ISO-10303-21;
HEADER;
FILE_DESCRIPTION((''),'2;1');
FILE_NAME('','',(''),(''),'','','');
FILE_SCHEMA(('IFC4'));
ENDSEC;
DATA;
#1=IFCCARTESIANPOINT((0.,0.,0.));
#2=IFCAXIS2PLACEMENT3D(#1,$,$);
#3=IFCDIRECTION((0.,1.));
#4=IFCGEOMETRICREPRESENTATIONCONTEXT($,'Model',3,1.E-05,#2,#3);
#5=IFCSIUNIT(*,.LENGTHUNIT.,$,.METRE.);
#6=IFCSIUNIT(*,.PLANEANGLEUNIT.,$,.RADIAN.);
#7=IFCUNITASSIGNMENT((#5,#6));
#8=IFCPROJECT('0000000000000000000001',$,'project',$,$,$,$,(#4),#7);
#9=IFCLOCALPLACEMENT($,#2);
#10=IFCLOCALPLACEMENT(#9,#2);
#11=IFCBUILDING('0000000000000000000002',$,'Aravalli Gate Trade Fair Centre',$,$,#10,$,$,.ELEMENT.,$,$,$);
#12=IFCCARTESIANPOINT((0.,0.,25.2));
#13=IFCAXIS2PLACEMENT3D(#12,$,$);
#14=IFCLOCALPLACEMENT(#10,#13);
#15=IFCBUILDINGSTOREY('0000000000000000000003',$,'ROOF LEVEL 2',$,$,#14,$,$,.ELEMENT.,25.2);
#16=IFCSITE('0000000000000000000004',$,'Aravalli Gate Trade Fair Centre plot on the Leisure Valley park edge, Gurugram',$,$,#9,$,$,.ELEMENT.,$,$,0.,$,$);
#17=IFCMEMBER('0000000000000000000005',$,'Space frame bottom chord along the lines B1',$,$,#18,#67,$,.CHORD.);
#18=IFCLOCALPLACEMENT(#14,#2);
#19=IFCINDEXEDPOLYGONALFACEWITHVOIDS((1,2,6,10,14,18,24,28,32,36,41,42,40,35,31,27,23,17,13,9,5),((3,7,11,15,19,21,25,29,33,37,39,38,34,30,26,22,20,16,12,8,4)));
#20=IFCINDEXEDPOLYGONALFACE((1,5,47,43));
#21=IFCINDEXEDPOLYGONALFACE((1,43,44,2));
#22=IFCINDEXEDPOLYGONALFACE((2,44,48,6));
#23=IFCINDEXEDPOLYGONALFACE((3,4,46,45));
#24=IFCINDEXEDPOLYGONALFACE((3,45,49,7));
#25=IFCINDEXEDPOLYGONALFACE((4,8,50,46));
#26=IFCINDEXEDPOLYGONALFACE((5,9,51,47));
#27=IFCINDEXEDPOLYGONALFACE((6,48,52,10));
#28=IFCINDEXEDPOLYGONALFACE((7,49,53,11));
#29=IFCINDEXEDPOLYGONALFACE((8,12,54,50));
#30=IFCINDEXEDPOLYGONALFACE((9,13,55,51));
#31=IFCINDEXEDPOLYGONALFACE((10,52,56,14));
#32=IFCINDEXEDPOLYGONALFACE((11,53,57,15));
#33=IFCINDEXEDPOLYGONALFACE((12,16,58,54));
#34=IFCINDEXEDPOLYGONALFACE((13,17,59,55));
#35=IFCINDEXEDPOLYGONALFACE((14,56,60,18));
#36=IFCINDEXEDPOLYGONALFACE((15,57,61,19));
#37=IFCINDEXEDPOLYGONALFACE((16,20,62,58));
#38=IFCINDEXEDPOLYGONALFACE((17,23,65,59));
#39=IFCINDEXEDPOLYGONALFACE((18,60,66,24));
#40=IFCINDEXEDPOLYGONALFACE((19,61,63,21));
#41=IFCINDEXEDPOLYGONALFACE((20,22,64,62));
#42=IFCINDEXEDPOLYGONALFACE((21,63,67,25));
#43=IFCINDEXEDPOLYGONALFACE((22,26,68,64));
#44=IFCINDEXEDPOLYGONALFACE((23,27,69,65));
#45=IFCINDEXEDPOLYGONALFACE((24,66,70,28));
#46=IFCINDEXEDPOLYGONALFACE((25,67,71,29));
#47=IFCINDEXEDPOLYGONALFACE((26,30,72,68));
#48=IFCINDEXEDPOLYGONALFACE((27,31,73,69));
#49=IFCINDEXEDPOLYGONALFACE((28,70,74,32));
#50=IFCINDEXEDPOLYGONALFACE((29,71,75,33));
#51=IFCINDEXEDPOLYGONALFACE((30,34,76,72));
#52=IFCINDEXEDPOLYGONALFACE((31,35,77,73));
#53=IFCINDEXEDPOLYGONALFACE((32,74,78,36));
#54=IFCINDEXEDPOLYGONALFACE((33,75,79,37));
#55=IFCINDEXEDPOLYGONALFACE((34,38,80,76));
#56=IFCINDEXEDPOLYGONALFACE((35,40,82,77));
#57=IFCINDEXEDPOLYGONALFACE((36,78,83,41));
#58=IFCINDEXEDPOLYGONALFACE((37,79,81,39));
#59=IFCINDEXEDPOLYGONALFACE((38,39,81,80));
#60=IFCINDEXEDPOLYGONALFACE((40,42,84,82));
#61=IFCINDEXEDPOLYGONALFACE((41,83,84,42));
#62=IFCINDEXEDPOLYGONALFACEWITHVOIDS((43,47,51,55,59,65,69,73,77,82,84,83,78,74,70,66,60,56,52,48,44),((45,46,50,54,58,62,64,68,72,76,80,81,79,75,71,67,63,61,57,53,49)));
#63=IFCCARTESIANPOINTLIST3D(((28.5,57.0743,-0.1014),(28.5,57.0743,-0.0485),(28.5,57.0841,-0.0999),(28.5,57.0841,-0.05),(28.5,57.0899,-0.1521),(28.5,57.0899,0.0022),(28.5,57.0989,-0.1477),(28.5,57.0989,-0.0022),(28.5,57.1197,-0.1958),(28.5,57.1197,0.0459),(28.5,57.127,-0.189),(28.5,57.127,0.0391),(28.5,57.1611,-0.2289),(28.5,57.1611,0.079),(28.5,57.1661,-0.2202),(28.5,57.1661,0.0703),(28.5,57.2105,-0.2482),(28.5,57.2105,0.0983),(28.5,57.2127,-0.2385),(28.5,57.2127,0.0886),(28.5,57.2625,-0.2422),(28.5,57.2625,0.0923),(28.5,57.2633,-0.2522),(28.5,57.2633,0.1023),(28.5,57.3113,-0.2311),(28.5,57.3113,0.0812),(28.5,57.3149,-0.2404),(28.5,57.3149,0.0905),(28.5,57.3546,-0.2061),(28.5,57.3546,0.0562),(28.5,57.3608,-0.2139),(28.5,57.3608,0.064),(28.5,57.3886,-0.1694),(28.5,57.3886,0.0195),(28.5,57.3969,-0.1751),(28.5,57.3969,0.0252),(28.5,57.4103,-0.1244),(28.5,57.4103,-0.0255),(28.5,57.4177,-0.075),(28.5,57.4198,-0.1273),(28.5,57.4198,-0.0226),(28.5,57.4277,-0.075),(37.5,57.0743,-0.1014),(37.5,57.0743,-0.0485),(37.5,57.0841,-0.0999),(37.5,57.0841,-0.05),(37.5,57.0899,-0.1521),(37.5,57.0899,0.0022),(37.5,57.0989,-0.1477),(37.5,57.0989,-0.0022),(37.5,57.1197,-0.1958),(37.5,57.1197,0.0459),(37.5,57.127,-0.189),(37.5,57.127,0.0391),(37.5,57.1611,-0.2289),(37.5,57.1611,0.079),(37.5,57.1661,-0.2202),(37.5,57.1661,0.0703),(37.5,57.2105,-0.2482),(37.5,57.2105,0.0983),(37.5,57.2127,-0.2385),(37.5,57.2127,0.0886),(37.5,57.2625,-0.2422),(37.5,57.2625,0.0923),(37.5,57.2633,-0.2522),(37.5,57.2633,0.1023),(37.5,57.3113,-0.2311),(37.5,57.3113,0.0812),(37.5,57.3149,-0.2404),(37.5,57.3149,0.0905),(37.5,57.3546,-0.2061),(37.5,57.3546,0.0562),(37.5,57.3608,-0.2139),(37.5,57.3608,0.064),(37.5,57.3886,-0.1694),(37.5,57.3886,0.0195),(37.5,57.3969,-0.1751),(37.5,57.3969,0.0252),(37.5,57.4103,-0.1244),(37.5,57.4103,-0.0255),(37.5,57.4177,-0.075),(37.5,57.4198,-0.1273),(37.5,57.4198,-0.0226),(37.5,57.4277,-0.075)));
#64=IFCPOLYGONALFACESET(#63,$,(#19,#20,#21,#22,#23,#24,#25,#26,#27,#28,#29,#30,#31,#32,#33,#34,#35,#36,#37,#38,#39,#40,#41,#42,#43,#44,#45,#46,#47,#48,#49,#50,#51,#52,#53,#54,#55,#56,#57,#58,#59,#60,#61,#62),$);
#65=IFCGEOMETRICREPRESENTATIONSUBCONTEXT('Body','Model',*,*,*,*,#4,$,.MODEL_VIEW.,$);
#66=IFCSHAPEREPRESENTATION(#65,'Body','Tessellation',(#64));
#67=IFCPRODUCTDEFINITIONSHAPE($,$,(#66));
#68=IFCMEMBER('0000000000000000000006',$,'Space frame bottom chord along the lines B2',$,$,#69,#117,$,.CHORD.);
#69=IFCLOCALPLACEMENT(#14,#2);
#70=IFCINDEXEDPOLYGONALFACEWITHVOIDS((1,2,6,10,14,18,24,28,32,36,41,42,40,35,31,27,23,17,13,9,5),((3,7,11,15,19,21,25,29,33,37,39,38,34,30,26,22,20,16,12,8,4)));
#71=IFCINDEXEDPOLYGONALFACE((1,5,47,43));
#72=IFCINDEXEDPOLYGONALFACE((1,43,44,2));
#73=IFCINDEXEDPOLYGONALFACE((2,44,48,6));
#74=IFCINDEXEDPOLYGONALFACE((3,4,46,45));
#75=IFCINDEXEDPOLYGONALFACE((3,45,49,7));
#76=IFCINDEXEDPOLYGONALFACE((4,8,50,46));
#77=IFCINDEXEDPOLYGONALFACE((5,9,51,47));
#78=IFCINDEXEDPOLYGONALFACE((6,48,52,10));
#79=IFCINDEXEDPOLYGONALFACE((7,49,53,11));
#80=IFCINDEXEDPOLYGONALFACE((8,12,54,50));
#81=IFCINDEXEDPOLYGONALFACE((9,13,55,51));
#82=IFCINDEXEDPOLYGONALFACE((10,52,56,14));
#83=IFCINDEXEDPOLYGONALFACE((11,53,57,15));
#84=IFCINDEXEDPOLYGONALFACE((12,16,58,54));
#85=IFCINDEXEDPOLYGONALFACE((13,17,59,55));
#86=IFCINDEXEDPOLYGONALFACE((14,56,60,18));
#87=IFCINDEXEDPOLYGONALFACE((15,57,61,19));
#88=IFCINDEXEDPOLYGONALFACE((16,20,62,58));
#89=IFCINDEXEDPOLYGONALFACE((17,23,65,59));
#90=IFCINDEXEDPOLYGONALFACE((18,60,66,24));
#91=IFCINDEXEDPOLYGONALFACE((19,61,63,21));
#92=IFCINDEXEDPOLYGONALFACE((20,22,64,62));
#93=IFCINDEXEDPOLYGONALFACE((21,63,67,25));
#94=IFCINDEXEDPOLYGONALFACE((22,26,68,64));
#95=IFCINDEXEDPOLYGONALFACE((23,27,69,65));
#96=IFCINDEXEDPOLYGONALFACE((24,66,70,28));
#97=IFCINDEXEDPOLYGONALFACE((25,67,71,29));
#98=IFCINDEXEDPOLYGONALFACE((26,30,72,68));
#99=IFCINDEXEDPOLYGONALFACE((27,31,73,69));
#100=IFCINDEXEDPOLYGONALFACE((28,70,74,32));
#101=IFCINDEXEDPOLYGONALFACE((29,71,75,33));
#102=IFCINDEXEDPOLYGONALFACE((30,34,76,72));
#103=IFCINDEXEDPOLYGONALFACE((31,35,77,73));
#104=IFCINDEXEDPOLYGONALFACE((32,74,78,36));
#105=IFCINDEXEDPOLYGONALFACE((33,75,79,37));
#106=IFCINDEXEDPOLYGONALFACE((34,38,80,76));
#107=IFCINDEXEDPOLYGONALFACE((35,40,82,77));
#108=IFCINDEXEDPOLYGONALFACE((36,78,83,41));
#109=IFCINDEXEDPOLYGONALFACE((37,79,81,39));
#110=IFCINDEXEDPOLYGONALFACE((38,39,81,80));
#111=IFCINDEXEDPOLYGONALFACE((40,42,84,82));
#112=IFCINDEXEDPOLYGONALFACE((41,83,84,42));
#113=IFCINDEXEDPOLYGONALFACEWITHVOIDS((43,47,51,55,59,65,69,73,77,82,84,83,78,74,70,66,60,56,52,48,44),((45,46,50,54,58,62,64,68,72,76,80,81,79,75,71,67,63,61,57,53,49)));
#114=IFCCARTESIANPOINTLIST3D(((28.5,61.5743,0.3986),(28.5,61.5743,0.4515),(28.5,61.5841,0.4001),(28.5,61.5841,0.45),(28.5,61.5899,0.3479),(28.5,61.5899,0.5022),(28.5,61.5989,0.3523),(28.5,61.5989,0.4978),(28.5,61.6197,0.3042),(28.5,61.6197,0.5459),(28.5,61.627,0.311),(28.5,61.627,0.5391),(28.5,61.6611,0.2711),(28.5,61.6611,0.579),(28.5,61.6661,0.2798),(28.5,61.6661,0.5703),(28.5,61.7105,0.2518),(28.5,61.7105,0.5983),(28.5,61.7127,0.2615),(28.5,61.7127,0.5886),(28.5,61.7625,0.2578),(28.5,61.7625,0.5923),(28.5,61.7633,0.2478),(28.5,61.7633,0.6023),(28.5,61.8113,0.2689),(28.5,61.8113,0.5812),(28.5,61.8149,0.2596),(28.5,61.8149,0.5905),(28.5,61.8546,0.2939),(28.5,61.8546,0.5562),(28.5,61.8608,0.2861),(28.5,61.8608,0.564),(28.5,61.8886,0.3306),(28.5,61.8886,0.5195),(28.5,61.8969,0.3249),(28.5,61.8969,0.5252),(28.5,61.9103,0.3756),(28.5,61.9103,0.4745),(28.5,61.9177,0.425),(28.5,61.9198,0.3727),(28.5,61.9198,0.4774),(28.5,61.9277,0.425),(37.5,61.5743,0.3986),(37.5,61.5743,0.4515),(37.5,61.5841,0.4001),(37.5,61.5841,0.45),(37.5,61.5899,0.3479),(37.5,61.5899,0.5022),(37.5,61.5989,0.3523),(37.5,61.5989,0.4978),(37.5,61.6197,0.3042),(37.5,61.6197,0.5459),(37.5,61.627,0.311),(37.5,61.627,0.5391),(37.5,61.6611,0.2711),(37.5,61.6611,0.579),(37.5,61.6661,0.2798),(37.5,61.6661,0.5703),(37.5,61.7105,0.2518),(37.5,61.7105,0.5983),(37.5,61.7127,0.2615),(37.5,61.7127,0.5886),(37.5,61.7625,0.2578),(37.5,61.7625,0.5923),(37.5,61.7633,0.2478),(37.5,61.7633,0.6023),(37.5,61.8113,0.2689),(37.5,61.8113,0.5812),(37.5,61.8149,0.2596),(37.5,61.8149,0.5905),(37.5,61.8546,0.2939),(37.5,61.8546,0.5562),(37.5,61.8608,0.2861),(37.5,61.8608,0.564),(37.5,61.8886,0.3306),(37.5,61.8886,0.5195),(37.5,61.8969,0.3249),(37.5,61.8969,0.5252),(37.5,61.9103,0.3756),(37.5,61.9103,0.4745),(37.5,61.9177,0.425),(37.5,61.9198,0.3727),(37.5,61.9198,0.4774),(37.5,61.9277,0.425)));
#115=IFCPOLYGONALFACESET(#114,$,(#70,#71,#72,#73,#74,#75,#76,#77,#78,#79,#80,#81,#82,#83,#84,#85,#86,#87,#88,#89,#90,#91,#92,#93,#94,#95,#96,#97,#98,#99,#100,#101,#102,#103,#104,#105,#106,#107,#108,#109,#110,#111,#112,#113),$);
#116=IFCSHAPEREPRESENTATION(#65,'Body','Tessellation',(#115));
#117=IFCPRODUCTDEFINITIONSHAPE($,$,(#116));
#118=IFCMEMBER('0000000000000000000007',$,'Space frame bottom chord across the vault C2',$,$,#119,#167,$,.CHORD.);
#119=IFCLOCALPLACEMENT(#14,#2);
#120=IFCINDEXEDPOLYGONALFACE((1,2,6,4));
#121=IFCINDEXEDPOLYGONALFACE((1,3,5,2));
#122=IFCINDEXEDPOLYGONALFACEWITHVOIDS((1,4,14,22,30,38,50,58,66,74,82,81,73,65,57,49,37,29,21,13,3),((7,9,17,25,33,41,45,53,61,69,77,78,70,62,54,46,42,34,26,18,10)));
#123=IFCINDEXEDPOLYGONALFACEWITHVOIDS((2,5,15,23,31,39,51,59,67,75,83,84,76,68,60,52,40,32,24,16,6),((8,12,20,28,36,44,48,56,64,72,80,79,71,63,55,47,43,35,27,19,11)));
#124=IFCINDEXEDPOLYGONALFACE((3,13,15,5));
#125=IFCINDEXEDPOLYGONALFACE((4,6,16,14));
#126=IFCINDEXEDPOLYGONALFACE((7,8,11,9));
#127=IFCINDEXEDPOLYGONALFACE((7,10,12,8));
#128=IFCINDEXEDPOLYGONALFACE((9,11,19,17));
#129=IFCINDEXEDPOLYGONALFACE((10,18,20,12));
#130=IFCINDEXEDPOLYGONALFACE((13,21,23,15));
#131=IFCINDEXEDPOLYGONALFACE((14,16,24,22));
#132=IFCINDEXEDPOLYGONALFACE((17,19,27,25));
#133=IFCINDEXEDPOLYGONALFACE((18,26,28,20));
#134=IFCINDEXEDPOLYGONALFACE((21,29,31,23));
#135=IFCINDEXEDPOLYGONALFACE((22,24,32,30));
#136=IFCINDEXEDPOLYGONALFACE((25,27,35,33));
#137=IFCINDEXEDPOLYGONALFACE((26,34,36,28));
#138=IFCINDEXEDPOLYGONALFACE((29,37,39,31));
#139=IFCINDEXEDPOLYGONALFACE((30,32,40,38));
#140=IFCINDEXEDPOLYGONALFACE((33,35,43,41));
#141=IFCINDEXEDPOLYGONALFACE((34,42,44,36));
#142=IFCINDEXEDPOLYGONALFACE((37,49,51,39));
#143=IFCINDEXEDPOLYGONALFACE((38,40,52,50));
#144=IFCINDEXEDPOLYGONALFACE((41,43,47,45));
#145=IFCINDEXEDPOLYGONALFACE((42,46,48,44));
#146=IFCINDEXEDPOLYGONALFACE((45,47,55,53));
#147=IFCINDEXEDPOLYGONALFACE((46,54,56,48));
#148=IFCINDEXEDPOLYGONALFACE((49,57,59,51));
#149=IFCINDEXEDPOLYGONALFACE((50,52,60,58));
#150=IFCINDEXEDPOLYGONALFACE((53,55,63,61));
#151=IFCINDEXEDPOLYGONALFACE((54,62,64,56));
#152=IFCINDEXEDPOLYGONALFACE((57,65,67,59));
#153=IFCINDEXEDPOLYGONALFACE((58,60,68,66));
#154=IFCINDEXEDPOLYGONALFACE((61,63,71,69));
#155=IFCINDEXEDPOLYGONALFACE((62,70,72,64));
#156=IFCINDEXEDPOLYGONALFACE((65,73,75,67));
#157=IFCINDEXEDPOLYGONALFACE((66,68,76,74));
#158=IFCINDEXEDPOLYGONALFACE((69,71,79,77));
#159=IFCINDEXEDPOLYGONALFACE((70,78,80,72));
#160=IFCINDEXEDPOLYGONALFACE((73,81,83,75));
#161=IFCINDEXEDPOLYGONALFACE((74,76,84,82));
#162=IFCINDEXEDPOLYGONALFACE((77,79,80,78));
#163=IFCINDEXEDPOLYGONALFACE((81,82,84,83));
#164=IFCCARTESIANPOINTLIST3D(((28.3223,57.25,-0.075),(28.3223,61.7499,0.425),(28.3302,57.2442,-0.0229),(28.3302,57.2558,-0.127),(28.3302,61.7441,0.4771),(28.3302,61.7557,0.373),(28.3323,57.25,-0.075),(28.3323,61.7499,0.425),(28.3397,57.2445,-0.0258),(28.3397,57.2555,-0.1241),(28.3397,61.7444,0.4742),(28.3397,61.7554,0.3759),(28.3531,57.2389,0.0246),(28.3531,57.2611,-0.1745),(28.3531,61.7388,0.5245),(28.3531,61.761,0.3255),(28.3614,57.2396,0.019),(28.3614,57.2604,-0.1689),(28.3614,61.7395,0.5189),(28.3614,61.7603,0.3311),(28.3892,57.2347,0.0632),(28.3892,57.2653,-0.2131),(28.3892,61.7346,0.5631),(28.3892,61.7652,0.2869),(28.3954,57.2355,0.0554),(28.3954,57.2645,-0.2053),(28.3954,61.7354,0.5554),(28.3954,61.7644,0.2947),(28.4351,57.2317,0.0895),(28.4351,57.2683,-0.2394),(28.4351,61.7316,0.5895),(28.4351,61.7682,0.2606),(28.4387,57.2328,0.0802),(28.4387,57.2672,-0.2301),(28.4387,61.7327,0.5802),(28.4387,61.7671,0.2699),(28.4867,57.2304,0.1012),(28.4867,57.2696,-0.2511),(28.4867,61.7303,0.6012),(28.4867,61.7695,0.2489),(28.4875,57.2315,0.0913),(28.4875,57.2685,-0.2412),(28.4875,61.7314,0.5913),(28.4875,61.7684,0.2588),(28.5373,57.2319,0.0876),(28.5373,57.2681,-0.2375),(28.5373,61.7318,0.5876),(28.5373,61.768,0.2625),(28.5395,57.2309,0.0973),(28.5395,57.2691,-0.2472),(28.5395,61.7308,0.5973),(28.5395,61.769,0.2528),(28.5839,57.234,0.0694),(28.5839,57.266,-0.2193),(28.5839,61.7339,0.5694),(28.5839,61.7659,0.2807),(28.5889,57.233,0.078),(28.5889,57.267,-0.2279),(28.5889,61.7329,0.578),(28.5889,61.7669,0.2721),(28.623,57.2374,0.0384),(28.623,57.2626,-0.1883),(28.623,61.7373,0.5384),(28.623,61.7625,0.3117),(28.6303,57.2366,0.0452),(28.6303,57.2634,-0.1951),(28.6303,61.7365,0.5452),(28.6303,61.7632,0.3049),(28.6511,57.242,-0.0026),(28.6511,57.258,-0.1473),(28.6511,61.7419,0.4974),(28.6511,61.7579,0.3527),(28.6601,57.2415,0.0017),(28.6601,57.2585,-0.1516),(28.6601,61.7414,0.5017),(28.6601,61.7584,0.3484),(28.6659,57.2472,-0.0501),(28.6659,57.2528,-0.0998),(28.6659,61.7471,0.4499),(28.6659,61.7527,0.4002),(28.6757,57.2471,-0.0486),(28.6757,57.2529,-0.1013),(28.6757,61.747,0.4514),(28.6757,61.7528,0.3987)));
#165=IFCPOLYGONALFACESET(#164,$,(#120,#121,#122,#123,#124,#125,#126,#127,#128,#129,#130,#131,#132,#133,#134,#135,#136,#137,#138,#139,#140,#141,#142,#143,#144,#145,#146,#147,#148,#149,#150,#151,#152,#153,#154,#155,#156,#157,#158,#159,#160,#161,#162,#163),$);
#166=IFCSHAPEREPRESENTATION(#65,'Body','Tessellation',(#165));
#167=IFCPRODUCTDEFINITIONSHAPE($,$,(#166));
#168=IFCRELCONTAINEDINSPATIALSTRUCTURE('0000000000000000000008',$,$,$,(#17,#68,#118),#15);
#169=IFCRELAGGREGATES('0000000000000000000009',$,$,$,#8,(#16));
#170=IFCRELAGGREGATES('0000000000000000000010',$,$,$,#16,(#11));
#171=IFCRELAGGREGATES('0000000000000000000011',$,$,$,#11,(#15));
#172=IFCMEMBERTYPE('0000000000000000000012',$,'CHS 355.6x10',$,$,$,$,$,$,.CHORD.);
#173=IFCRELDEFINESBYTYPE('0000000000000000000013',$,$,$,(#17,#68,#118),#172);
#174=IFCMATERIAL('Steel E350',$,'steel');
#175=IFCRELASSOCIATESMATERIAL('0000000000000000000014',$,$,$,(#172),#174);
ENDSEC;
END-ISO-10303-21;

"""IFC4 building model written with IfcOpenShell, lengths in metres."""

from ifc_helpers import new_model, si_unit, direction, frame, origin, origin_2d, place, context, subcontext, project, spatial, hollow_circle, extrude, material, material_profile, profile_set, type_object, element, save


model = new_model("IFC4")

# Units and contexts
model_context = context("Model", 3, precision=1e-05, world=origin(), true_north=direction((0.0, 1.0)))
body_context = subcontext(model_context, "Body", "Model", "MODEL_VIEW")
ifc_project = project(units=[si_unit("LENGTHUNIT", "METRE"), si_unit("PLANEANGLEUNIT", "RADIAN")], contexts=[model_context])

# Site, building, storey
site_placement = place(None, origin())
site = spatial("IfcSite", under=ifc_project, at=site_placement, Name="Aravalli Gate Trade Fair Centre plot on the Leisure Valley park edge, Gurugram", CompositionType="ELEMENT", RefElevation=0.0)
building_placement = place(site_placement, origin())
building = spatial("IfcBuilding", under=site, at=building_placement, Name="Aravalli Gate Trade Fair Centre", CompositionType="ELEMENT")
storey_placement = place(building_placement, frame((0.0, 0.0, 25.2)))
storey = spatial("IfcBuildingStorey", under=building, at=storey_placement, Name="ROOF LEVEL 2", CompositionType="ELEMENT", Elevation=25.2)

# Members
ifc_material_1 = material(Name="Steel E350", Category="steel")
ifc_material_profile_1 = material_profile(ifc_material_1, hollow_circle(Radius=0.1777, WallThickness=0.01, at=origin_2d()), Name="CHS 355.6x10")
ifc_profile_set_1 = profile_set([ifc_material_profile_1], Name="Steel E350")
member_type_1 = type_object("IfcMemberType", Name="CHS 355.6x10", PredefinedType="CHORD", material=ifc_profile_set_1)
for number, where, z_axis, x_axis, name in (
    (1, (28.5, 57.25, -0.075), (1.0, 0.0, 0.0), (0.0, 1.0, 0.0), "Space frame bottom chord along the lines B1"),
    (2, (28.5, 61.75, 0.425), (1.0, 0.0, 0.0), (0.0, 1.0, 0.0), "Space frame bottom chord along the lines B2"),
):
    element("IfcMember", number, at=place(storey_placement, frame(where, z_axis=z_axis, x_axis=x_axis)), inside=storey, type_object=member_type_1, Name=name, PredefinedType="CHORD", context=body_context, shape_type="SweptSolid", body=[
        extrude(hollow_circle(Radius=0.1777, WallThickness=0.01, at=origin_2d()), origin(), (0.0, 0.0, 1.0), 9.0),
    ])
member_1_placement = place(storey_placement, frame((28.5, 57.25, -0.075), z_axis=(0.0, 0.993884, 0.110432), x_axis=(-1.0, 0.0, 0.0)))
element("IfcMember", 3, at=member_1_placement, inside=storey, type_object=member_type_1, Name="Space frame bottom chord across the vault C2", PredefinedType="CHORD", context=body_context, shape_type="SweptSolid", body=[
    extrude(hollow_circle(Radius=0.1777, WallThickness=0.01, at=origin_2d()), origin(), (0.0, 0.0, 1.0), 4.5276),
])

save(model, "model.ifc")
